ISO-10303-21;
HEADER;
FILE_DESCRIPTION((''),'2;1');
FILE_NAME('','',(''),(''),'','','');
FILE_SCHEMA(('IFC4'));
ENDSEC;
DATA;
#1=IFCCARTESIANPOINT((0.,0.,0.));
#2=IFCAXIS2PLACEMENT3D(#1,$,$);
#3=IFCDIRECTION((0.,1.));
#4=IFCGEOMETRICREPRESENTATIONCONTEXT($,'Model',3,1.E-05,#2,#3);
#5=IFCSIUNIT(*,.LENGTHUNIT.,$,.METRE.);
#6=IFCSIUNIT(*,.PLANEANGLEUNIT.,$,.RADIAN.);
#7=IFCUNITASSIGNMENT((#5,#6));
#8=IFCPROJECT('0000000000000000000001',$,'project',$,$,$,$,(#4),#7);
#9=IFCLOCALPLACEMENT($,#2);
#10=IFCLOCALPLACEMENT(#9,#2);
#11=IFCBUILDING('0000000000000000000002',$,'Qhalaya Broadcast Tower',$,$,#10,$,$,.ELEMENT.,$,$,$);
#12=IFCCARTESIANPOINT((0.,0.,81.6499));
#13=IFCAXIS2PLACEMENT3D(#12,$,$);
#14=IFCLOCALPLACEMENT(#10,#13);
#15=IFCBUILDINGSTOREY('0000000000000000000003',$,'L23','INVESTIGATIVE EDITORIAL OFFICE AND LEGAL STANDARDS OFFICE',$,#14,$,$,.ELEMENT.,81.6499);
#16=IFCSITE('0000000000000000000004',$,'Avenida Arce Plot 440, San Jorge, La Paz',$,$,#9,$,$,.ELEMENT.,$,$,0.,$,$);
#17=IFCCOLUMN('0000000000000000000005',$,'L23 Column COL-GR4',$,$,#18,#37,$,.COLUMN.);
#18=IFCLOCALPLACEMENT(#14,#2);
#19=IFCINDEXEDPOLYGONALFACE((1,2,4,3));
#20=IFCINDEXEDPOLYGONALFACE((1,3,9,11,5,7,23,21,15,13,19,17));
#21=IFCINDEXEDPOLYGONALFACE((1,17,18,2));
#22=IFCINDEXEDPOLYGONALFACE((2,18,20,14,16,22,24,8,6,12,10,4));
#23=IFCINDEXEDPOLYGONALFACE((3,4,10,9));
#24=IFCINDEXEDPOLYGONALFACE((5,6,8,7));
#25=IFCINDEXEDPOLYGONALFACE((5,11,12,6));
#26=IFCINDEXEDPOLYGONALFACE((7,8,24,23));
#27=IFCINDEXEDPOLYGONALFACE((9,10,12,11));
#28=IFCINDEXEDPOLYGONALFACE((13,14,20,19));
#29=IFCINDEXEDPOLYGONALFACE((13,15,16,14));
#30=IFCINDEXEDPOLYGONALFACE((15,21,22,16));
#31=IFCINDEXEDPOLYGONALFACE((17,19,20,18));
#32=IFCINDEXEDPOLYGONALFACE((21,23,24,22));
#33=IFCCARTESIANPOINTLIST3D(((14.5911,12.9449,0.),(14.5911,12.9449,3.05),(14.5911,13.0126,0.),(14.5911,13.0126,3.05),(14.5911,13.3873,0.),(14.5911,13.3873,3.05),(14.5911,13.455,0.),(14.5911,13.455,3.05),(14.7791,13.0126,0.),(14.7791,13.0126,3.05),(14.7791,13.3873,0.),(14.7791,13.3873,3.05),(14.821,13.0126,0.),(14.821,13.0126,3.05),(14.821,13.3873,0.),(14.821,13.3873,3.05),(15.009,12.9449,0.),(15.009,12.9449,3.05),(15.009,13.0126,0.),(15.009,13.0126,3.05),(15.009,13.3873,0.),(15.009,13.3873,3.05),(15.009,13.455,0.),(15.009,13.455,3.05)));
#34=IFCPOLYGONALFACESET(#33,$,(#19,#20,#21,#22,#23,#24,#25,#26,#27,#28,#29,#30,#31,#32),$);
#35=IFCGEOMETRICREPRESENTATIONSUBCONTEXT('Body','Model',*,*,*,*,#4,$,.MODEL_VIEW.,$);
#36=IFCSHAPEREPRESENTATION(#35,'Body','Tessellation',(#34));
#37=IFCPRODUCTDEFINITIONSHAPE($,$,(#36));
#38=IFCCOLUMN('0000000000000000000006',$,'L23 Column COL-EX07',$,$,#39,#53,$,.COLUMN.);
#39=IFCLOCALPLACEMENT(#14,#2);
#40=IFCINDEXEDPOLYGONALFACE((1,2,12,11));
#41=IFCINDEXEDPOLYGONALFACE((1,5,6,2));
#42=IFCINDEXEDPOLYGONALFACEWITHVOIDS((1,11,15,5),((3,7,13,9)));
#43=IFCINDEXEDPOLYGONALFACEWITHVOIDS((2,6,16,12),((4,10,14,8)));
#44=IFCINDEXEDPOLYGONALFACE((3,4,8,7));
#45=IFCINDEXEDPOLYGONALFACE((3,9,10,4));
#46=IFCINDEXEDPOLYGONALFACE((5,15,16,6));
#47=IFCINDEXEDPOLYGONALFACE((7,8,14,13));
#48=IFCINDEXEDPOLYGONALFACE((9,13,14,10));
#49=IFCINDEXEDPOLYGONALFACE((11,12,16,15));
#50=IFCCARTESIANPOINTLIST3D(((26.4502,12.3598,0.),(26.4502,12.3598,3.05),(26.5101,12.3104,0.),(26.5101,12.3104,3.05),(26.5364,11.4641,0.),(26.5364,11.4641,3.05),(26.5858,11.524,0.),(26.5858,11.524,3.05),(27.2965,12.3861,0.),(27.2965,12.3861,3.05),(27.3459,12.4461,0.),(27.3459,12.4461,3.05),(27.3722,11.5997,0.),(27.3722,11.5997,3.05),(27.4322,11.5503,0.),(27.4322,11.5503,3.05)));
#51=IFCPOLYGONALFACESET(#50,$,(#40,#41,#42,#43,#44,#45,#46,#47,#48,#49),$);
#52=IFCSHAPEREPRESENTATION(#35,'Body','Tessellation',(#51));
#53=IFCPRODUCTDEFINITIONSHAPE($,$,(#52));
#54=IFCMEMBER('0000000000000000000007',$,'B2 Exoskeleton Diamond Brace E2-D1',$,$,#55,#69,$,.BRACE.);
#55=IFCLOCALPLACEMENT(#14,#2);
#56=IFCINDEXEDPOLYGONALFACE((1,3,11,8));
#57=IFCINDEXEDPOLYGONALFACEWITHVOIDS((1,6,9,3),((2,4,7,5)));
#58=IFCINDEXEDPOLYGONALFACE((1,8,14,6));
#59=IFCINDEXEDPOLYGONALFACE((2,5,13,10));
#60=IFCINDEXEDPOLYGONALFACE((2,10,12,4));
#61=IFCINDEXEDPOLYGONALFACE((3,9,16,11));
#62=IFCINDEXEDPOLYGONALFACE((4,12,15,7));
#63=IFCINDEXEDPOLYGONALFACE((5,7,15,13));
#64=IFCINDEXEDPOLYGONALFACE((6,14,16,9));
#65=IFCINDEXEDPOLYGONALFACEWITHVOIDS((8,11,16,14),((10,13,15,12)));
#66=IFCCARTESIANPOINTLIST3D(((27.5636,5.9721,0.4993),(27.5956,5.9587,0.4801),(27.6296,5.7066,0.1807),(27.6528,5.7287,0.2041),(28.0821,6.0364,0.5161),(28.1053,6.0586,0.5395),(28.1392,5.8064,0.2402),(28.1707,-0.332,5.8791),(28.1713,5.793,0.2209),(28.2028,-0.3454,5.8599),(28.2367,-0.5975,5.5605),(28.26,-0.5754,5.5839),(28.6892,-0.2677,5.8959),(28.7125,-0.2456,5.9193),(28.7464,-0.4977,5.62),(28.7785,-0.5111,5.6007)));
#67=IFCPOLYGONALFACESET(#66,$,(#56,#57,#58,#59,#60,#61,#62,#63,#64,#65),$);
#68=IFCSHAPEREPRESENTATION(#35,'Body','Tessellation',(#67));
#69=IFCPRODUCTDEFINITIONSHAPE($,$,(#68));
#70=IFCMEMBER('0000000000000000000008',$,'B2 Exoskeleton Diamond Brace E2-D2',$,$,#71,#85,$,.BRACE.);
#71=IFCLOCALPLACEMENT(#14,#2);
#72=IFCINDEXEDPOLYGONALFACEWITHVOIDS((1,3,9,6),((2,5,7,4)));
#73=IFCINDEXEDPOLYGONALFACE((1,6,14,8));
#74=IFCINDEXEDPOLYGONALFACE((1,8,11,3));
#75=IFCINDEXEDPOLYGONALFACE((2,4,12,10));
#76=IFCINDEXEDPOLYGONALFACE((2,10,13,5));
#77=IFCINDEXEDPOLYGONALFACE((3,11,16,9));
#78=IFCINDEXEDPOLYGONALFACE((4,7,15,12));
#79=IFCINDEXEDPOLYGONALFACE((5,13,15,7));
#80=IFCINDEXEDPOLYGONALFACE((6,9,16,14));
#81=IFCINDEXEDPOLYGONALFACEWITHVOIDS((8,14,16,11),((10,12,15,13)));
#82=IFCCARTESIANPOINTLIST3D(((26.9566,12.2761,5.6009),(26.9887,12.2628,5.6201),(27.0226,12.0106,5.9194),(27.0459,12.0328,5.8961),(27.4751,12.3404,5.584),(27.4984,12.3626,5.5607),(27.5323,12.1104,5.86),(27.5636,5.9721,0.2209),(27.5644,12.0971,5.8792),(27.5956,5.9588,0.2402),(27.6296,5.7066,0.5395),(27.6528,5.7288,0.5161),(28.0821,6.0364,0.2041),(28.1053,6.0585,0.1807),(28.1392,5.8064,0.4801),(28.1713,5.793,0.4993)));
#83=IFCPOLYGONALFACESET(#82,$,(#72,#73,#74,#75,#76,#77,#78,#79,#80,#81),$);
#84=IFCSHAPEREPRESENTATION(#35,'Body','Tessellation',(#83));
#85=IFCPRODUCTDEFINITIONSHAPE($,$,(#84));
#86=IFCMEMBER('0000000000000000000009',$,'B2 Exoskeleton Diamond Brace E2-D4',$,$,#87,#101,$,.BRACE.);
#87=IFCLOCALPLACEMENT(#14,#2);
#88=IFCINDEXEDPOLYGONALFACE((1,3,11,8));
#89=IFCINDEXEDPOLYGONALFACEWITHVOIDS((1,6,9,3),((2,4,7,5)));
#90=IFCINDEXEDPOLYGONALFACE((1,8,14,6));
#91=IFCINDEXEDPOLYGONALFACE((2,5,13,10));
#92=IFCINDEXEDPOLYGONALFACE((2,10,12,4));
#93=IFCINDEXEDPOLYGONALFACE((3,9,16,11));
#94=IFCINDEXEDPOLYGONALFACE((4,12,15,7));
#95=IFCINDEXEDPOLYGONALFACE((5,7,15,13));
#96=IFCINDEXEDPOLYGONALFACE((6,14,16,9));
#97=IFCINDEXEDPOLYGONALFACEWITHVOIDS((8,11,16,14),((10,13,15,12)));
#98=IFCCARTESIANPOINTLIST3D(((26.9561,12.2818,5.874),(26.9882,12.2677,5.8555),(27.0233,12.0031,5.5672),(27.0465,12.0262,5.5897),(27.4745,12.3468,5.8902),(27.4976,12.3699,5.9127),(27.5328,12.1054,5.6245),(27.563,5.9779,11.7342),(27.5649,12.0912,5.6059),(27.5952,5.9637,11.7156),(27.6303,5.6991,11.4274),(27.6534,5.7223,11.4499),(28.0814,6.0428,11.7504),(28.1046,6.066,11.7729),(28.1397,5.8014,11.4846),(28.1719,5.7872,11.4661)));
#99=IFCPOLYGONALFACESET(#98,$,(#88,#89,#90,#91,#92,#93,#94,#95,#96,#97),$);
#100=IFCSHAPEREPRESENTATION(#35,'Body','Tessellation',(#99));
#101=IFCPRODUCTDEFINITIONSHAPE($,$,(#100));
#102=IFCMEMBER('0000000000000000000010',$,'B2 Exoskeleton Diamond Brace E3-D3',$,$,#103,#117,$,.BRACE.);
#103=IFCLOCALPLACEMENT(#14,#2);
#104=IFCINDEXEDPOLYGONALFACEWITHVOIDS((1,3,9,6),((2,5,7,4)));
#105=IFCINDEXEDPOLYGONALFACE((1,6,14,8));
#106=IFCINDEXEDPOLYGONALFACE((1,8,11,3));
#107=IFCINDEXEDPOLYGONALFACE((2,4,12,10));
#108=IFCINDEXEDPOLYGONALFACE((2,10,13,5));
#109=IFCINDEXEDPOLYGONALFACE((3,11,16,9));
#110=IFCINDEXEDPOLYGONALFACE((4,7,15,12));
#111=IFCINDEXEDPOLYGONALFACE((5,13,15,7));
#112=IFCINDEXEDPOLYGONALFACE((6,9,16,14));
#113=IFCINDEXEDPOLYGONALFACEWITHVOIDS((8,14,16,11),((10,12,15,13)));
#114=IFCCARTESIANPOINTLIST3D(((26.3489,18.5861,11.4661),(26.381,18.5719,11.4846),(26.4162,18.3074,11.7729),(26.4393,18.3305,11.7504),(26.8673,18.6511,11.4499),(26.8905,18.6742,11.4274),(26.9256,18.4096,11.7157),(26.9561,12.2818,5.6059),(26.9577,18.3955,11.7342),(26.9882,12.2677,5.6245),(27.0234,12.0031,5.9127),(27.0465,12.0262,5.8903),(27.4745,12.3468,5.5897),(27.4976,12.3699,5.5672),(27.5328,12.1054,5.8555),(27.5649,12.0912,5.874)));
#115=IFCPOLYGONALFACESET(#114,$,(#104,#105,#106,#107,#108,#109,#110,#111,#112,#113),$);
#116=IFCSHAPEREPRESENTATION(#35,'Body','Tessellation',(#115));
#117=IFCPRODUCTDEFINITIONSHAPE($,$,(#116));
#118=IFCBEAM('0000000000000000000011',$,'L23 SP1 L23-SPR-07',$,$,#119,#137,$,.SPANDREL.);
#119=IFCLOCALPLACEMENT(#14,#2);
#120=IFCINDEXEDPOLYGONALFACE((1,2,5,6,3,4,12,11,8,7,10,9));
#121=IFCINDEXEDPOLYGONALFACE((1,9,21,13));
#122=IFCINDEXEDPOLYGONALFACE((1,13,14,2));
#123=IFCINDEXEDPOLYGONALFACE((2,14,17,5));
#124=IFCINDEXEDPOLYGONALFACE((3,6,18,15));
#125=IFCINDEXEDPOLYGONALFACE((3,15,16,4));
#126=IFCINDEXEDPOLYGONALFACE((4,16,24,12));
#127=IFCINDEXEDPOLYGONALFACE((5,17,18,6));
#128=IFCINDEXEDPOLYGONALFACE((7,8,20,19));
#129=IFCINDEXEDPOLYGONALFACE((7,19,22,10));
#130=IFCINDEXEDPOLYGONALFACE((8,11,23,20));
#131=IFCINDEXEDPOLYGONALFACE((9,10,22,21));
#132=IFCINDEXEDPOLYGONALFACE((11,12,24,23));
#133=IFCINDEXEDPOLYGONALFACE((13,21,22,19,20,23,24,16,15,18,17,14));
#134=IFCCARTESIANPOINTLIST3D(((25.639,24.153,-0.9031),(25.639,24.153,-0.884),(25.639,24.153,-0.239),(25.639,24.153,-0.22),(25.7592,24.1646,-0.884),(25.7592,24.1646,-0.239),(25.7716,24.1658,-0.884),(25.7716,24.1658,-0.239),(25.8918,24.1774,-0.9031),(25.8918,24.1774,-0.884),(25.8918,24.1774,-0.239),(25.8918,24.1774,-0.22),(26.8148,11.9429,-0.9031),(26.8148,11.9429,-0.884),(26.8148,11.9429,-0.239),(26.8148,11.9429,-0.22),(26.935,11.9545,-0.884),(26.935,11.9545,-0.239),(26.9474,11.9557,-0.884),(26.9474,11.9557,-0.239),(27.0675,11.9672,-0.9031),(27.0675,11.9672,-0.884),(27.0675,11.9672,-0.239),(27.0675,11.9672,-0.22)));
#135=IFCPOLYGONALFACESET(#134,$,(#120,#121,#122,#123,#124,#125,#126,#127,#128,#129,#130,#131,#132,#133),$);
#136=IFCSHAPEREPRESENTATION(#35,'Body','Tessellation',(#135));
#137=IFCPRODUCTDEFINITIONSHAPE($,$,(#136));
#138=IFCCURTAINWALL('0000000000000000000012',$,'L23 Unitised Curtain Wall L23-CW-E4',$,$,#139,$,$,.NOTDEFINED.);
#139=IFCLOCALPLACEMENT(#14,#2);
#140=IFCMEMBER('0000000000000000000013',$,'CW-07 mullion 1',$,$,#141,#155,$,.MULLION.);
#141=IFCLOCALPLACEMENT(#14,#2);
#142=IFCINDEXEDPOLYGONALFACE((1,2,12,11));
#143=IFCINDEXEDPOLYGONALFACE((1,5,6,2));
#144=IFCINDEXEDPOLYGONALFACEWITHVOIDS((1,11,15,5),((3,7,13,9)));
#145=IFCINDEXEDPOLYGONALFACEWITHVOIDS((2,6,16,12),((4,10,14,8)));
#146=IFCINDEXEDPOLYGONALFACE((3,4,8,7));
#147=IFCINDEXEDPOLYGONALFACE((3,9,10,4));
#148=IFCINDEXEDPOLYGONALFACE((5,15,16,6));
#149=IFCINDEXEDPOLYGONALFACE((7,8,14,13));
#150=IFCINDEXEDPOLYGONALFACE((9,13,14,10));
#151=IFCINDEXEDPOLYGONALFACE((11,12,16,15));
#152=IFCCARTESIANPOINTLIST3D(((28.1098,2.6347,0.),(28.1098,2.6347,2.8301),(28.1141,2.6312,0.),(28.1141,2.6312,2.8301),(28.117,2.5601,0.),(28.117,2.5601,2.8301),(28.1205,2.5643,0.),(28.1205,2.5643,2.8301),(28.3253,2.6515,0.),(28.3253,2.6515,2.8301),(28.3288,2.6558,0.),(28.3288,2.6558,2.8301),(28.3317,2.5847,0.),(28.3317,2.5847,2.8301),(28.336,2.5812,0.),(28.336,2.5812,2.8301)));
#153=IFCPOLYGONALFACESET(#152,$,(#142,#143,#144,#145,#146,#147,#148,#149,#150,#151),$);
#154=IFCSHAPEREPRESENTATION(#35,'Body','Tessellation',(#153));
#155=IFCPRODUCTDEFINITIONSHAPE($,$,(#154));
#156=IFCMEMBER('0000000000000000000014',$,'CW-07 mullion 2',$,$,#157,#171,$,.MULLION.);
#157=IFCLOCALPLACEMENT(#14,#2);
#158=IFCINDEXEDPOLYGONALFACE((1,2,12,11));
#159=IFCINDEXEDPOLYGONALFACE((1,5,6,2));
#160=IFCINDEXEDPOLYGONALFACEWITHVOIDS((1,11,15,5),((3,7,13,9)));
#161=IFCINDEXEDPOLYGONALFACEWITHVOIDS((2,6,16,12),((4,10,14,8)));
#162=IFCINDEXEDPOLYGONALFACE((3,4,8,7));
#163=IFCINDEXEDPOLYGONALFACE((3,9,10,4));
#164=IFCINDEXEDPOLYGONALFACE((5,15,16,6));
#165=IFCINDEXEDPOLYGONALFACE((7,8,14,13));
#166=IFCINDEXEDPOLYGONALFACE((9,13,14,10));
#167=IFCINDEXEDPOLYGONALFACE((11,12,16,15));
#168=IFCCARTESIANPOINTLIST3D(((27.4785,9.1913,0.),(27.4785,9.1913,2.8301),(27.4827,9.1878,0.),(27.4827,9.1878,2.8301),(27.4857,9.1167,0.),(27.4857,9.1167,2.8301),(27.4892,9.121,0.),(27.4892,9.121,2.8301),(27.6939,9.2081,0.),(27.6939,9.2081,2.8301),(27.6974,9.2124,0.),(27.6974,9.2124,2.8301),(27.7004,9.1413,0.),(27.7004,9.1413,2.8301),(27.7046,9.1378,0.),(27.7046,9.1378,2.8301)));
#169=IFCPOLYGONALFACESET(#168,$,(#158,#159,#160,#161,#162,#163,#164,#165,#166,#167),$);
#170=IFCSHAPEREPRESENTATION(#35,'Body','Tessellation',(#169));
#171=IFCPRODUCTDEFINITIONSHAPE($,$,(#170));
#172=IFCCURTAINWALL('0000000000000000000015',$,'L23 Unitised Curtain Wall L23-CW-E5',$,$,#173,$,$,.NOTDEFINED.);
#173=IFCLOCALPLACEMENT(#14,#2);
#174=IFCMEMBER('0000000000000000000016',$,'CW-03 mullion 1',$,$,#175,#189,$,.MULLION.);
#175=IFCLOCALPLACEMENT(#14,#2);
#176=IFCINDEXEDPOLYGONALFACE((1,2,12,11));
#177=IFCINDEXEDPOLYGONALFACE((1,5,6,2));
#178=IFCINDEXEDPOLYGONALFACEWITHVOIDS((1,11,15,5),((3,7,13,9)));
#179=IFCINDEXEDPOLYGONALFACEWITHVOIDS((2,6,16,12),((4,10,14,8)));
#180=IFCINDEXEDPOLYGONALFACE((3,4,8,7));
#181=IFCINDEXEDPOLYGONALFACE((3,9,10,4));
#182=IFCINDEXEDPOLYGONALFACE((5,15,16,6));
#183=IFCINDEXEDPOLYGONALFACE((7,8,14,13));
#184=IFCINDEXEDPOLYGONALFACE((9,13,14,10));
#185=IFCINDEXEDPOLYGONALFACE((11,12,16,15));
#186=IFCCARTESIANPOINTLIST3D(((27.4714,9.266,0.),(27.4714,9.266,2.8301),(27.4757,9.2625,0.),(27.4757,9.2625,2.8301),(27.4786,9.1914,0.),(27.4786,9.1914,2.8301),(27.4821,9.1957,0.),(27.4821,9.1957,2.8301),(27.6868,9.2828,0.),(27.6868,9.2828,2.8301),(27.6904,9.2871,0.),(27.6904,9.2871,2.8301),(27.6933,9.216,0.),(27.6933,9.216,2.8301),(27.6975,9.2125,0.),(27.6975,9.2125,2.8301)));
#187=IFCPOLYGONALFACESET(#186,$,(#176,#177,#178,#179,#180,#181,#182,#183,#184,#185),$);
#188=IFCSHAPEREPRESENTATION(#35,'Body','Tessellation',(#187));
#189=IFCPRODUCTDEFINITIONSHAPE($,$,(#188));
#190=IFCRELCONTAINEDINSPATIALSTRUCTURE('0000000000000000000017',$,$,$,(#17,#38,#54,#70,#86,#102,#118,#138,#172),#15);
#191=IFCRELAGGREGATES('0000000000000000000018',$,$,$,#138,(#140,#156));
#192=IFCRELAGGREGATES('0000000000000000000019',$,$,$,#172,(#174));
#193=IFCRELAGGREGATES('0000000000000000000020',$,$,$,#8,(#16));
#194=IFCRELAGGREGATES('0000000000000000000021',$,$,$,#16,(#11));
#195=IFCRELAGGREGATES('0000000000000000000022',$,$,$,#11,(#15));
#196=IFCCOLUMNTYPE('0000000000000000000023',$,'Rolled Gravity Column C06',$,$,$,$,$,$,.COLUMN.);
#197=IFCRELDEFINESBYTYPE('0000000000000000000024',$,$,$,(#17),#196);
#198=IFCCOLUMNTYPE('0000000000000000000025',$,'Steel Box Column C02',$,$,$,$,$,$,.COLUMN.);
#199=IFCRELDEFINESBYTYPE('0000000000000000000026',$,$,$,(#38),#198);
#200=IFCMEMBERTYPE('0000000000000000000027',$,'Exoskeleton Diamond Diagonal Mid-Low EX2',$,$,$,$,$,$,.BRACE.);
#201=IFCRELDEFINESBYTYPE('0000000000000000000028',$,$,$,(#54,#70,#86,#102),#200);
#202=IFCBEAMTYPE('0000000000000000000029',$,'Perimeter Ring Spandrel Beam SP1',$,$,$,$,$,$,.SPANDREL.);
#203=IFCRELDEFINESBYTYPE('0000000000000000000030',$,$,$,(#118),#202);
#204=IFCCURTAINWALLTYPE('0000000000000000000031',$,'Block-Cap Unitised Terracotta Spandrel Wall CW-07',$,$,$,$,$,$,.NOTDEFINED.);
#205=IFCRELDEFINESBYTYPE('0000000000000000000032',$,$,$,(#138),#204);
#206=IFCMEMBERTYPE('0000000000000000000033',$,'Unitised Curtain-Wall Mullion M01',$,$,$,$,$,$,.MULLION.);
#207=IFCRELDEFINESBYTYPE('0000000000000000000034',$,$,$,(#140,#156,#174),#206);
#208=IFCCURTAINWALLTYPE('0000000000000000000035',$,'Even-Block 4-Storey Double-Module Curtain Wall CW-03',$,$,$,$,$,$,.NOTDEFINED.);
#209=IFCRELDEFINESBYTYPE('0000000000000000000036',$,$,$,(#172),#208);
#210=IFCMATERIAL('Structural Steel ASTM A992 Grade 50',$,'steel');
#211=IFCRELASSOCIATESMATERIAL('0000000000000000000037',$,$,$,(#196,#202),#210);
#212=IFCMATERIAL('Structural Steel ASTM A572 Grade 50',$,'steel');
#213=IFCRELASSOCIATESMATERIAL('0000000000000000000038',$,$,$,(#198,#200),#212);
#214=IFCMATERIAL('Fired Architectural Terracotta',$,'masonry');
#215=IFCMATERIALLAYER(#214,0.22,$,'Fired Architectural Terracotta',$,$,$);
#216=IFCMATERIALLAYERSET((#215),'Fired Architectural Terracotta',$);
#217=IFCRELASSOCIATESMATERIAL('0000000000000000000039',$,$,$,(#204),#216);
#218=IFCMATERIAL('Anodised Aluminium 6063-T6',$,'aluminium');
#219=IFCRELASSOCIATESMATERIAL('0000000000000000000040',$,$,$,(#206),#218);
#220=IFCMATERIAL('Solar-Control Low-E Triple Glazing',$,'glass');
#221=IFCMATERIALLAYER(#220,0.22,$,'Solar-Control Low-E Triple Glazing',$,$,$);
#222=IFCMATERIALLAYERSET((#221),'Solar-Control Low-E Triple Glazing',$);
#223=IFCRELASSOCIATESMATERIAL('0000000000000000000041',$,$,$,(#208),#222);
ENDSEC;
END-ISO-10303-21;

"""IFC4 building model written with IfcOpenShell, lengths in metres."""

from ifc_helpers import new_model, si_unit, direction, frame, origin, origin_2d, place, context, subcontext, project, spatial, hollow_rectangle, i_section, extrude, material, layer, layer_set, material_profile, profile_set, type_object, element, aggregate, save


model = new_model("IFC4")

# Units and contexts
model_context = context("Model", 3, precision=1e-05, world=origin(), true_north=direction((0.0, 1.0)))
body_context = subcontext(model_context, "Body", "Model", "MODEL_VIEW")
ifc_project = project(units=[si_unit("LENGTHUNIT", "METRE"), si_unit("PLANEANGLEUNIT", "RADIAN")], contexts=[model_context])

# Site, building, storey
site_placement = place(None, origin())
site = spatial("IfcSite", under=ifc_project, at=site_placement, Name="Avenida Arce Plot 440, San Jorge, La Paz", CompositionType="ELEMENT", RefElevation=0.0)
building_placement = place(site_placement, origin())
building = spatial("IfcBuilding", under=site, at=building_placement, Name="Qhalaya Broadcast Tower", CompositionType="ELEMENT")
storey_placement = place(building_placement, frame((0.0, 0.0, 81.6499)))
storey = spatial("IfcBuildingStorey", under=building, at=storey_placement, Name="L23", Description="INVESTIGATIVE EDITORIAL OFFICE AND LEGAL STANDARDS OFFICE", CompositionType="ELEMENT", Elevation=81.6499)

# Columns
ifc_material_1 = material(Name="Structural Steel ASTM A992 Grade 50", Category="steel")
ifc_material_profile_1 = material_profile(ifc_material_1, i_section(OverallWidth=0.418, OverallDepth=0.51, WebThickness=0.042, FlangeThickness=0.0676, at=origin_2d()), Name="W14X370")
ifc_profile_set_1 = profile_set([ifc_material_profile_1], Name="Structural Steel ASTM A992 Grade 50")
column_type_1 = type_object("IfcColumnType", Name="Rolled Gravity Column C06", PredefinedType="COLUMN", material=ifc_profile_set_1)
column_1_placement = place(storey_placement, frame((14.8, 13.2, 0.0), z_axis=(0.0, 0.0, 1.0), x_axis=(1.0, 0.0, 0.0)))
element("IfcColumn", 1, at=column_1_placement, inside=storey, type_object=column_type_1, Name="L23 Column COL-GR4", PredefinedType="COLUMN", context=body_context, shape_type="SweptSolid", body=[
    extrude(i_section(OverallWidth=0.418, OverallDepth=0.51, WebThickness=0.042, FlangeThickness=0.0676, at=origin_2d()), origin(), (0.0, 0.0, 1.0), 3.05),
])
ifc_material_2 = material(Name="Structural Steel ASTM A572 Grade 50", Category="steel")
ifc_material_profile_2 = material_profile(ifc_material_2, hollow_rectangle(XDim=0.8999, YDim=0.8999, WallThickness=0.0549, at=origin_2d()), Name="BOX 900x900x55")
ifc_profile_set_2 = profile_set([ifc_material_profile_2], Name="Structural Steel ASTM A572 Grade 50")
column_type_2 = type_object("IfcColumnType", Name="Steel Box Column C02", PredefinedType="COLUMN", material=ifc_profile_set_2)
column_2_placement = place(storey_placement, frame((26.9412, 11.9551, 0.0), z_axis=(0.0, 0.0, 1.0), x_axis=(-0.095846, 0.995396, 0.0)))
element("IfcColumn", 2, at=column_2_placement, inside=storey, type_object=column_type_2, Name="L23 Column COL-EX07", PredefinedType="COLUMN", context=body_context, shape_type="SweptSolid", body=[
    extrude(hollow_rectangle(XDim=0.8999, YDim=0.8999, WallThickness=0.0549, at=origin_2d()), origin(), (0.0, 0.0, 1.0), 3.05),
])

# Members
ifc_material_profile_3 = material_profile(ifc_material_2, hollow_rectangle(XDim=0.4199, YDim=0.55, WallThickness=0.0281, at=origin_2d()), Name="BOX 420x550x28")
ifc_profile_set_3 = profile_set([ifc_material_profile_3], Name="Structural Steel ASTM A572 Grade 50")
member_type_1 = type_object("IfcMemberType", Name="Exoskeleton Diamond Diagonal Mid-Low EX2", PredefinedType="BRACE", material=ifc_profile_set_3)
for number, where, z_axis, x_axis, name in (
    (3, (27.8674, 5.8826, 0.3601), (0.073067, -0.758636, 0.647405), (-0.157185, 0.632268, 0.758637), "B2 Exoskeleton Diamond Brace E2-D1"),
    (4, (27.8674, 5.8826, 0.3601), (-0.073039, 0.758625, 0.647421), (0.157165, -0.632289, 0.758624), "B2 Exoskeleton Diamond Brace E2-D2"),
):
    element("IfcMember", number, at=place(storey_placement, frame(where, z_axis=z_axis, x_axis=x_axis)), inside=storey, type_object=member_type_1, Name=name, PredefinedType="BRACE", context=body_context, shape_type="SweptSolid", body=[
        extrude(hollow_rectangle(XDim=0.4199, YDim=0.55, WallThickness=0.0281, at=origin_2d()), origin(), (0.0, 0.0, 1.0), 8.3098),
    ])
member_1_placement = place(storey_placement, frame((27.2605, 12.1865, 5.74), z_axis=(0.070341, -0.730606, 0.679166), x_axis=(-0.160193, 0.663742, 0.730606)))
element("IfcMember", 5, at=member_1_placement, inside=storey, type_object=member_type_1, Name="B2 Exoskeleton Diamond Brace E2-D4", PredefinedType="BRACE", context=body_context, shape_type="SweptSolid", body=[
    extrude(hollow_rectangle(XDim=0.4199, YDim=0.55, WallThickness=0.0281, at=origin_2d()), origin(), (0.0, 0.0, 1.0), 8.6284),
])
member_2_placement = place(storey_placement, frame((27.2605, 12.1865, 5.74), z_axis=(-0.070368, 0.730618, 0.679151), x_axis=(0.160214, -0.663721, 0.73062)))
element("IfcMember", 6, at=member_2_placement, inside=storey, type_object=member_type_1, Name="B2 Exoskeleton Diamond Brace E3-D3", PredefinedType="BRACE", context=body_context, shape_type="SweptSolid", body=[
    extrude(hollow_rectangle(XDim=0.4199, YDim=0.55, WallThickness=0.0281, at=origin_2d()), origin(), (0.0, 0.0, 1.0), 8.6287),
])

# Beam
ifc_material_profile_4 = material_profile(ifc_material_1, i_section(OverallWidth=0.2539, OverallDepth=0.6831, WebThickness=0.0125, FlangeThickness=0.019, at=origin_2d()), Name="W27X94")
ifc_profile_set_4 = profile_set([ifc_material_profile_4], Name="Structural Steel ASTM A992 Grade 50")
beam_type = type_object("IfcBeamType", Name="Perimeter Ring Spandrel Beam SP1", PredefinedType="SPANDREL", material=ifc_profile_set_4)
beam_placement = place(storey_placement, frame((26.9412, 11.9551, -0.5615), z_axis=(-0.095852, 0.995396, 0.0), x_axis=(-0.995396, -0.095852, 0.0)))
element("IfcBeam", 7, at=beam_placement, inside=storey, type_object=beam_type, Name="L23 SP1 L23-SPR-07", PredefinedType="SPANDREL", context=body_context, shape_type="SweptSolid", body=[
    extrude(i_section(OverallWidth=0.2539, OverallDepth=0.6831, WebThickness=0.0125, FlangeThickness=0.019, at=origin_2d()), origin(), (0.0, 0.0, 1.0), 12.2666),
])

# Curtain walls, members
ifc_material_3 = material(Name="Fired Architectural Terracotta", Category="masonry")
ifc_layer_1 = layer(ifc_material_3, 0.22, Name="Fired Architectural Terracotta")
ifc_layer_set_1 = layer_set([ifc_layer_1], Name="Fired Architectural Terracotta")
curtain_wall_type_1 = type_object("IfcCurtainWallType", Name="Block-Cap Unitised Terracotta Spandrel Wall CW-07", PredefinedType="NOTDEFINED", material=ifc_layer_set_1)
curtain_wall_1_placement = place(storey_placement, origin())
curtain_wall_1 = element("IfcCurtainWall", 8, at=curtain_wall_1_placement, inside=storey, type_object=curtain_wall_type_1, Name="L23 Unitised Curtain Wall L23-CW-E4", PredefinedType="NOTDEFINED")
ifc_material_4 = material(Name="Anodised Aluminium 6063-T6", Category="aluminium")
ifc_material_profile_5 = material_profile(ifc_material_4, hollow_rectangle(XDim=0.075, YDim=0.22, WallThickness=0.0039, at=origin_2d()), Name="ALU-MUL 75x220x4")
ifc_profile_set_5 = profile_set([ifc_material_profile_5], Name="Anodised Aluminium 6063-T6")
member_type_2 = type_object("IfcMemberType", Name="Unitised Curtain-Wall Mullion M01", PredefinedType="MULLION", material=ifc_profile_set_5)
member_3_placement = place(storey_placement, frame((28.2229, 2.6079, 0.0), z_axis=(0.0, 0.0, 1.0), x_axis=(-0.095857, 0.995395, 0.0)))
member_3 = element("IfcMember", 9, at=member_3_placement, type_object=member_type_2, Name="CW-07 mullion 1", PredefinedType="MULLION", context=body_context, shape_type="SweptSolid", body=[
    extrude(hollow_rectangle(XDim=0.075, YDim=0.22, WallThickness=0.0039, at=origin_2d()), origin(), (0.0, 0.0, 1.0), 2.8301),
])
member_4_placement = place(storey_placement, frame((27.5916, 9.1646, 0.0), z_axis=(0.0, 0.0, 1.0), x_axis=(-0.095857, 0.995395, 0.0)))
member_4 = element("IfcMember", 10, at=member_4_placement, type_object=member_type_2, Name="CW-07 mullion 2", PredefinedType="MULLION", context=body_context, shape_type="SweptSolid", body=[
    extrude(hollow_rectangle(XDim=0.075, YDim=0.22, WallThickness=0.0039, at=origin_2d()), origin(), (0.0, 0.0, 1.0), 2.8301),
])
ifc_material_5 = material(Name="Solar-Control Low-E Triple Glazing", Category="glass")
ifc_layer_2 = layer(ifc_material_5, 0.22, Name="Solar-Control Low-E Triple Glazing")
ifc_layer_set_2 = layer_set([ifc_layer_2], Name="Solar-Control Low-E Triple Glazing")
curtain_wall_type_2 = type_object("IfcCurtainWallType", Name="Even-Block 4-Storey Double-Module Curtain Wall CW-03", PredefinedType="NOTDEFINED", material=ifc_layer_set_2)
curtain_wall_2_placement = place(storey_placement, origin())
curtain_wall_2 = element("IfcCurtainWall", 11, at=curtain_wall_2_placement, inside=storey, type_object=curtain_wall_type_2, Name="L23 Unitised Curtain Wall L23-CW-E5", PredefinedType="NOTDEFINED")
member_5_placement = place(storey_placement, frame((27.5845, 9.2393, 0.0), z_axis=(0.0, 0.0, 1.0), x_axis=(-0.095836, 0.995397, 0.0)))
member_5 = element("IfcMember", 12, at=member_5_placement, type_object=member_type_2, Name="CW-03 mullion 1", PredefinedType="MULLION", context=body_context, shape_type="SweptSolid", body=[
    extrude(hollow_rectangle(XDim=0.075, YDim=0.22, WallThickness=0.0039, at=origin_2d()), origin(), (0.0, 0.0, 1.0), 2.8301),
])

aggregate(curtain_wall_1, [member_3, member_4])
aggregate(curtain_wall_2, [member_5])

save(model, "model.ifc")
